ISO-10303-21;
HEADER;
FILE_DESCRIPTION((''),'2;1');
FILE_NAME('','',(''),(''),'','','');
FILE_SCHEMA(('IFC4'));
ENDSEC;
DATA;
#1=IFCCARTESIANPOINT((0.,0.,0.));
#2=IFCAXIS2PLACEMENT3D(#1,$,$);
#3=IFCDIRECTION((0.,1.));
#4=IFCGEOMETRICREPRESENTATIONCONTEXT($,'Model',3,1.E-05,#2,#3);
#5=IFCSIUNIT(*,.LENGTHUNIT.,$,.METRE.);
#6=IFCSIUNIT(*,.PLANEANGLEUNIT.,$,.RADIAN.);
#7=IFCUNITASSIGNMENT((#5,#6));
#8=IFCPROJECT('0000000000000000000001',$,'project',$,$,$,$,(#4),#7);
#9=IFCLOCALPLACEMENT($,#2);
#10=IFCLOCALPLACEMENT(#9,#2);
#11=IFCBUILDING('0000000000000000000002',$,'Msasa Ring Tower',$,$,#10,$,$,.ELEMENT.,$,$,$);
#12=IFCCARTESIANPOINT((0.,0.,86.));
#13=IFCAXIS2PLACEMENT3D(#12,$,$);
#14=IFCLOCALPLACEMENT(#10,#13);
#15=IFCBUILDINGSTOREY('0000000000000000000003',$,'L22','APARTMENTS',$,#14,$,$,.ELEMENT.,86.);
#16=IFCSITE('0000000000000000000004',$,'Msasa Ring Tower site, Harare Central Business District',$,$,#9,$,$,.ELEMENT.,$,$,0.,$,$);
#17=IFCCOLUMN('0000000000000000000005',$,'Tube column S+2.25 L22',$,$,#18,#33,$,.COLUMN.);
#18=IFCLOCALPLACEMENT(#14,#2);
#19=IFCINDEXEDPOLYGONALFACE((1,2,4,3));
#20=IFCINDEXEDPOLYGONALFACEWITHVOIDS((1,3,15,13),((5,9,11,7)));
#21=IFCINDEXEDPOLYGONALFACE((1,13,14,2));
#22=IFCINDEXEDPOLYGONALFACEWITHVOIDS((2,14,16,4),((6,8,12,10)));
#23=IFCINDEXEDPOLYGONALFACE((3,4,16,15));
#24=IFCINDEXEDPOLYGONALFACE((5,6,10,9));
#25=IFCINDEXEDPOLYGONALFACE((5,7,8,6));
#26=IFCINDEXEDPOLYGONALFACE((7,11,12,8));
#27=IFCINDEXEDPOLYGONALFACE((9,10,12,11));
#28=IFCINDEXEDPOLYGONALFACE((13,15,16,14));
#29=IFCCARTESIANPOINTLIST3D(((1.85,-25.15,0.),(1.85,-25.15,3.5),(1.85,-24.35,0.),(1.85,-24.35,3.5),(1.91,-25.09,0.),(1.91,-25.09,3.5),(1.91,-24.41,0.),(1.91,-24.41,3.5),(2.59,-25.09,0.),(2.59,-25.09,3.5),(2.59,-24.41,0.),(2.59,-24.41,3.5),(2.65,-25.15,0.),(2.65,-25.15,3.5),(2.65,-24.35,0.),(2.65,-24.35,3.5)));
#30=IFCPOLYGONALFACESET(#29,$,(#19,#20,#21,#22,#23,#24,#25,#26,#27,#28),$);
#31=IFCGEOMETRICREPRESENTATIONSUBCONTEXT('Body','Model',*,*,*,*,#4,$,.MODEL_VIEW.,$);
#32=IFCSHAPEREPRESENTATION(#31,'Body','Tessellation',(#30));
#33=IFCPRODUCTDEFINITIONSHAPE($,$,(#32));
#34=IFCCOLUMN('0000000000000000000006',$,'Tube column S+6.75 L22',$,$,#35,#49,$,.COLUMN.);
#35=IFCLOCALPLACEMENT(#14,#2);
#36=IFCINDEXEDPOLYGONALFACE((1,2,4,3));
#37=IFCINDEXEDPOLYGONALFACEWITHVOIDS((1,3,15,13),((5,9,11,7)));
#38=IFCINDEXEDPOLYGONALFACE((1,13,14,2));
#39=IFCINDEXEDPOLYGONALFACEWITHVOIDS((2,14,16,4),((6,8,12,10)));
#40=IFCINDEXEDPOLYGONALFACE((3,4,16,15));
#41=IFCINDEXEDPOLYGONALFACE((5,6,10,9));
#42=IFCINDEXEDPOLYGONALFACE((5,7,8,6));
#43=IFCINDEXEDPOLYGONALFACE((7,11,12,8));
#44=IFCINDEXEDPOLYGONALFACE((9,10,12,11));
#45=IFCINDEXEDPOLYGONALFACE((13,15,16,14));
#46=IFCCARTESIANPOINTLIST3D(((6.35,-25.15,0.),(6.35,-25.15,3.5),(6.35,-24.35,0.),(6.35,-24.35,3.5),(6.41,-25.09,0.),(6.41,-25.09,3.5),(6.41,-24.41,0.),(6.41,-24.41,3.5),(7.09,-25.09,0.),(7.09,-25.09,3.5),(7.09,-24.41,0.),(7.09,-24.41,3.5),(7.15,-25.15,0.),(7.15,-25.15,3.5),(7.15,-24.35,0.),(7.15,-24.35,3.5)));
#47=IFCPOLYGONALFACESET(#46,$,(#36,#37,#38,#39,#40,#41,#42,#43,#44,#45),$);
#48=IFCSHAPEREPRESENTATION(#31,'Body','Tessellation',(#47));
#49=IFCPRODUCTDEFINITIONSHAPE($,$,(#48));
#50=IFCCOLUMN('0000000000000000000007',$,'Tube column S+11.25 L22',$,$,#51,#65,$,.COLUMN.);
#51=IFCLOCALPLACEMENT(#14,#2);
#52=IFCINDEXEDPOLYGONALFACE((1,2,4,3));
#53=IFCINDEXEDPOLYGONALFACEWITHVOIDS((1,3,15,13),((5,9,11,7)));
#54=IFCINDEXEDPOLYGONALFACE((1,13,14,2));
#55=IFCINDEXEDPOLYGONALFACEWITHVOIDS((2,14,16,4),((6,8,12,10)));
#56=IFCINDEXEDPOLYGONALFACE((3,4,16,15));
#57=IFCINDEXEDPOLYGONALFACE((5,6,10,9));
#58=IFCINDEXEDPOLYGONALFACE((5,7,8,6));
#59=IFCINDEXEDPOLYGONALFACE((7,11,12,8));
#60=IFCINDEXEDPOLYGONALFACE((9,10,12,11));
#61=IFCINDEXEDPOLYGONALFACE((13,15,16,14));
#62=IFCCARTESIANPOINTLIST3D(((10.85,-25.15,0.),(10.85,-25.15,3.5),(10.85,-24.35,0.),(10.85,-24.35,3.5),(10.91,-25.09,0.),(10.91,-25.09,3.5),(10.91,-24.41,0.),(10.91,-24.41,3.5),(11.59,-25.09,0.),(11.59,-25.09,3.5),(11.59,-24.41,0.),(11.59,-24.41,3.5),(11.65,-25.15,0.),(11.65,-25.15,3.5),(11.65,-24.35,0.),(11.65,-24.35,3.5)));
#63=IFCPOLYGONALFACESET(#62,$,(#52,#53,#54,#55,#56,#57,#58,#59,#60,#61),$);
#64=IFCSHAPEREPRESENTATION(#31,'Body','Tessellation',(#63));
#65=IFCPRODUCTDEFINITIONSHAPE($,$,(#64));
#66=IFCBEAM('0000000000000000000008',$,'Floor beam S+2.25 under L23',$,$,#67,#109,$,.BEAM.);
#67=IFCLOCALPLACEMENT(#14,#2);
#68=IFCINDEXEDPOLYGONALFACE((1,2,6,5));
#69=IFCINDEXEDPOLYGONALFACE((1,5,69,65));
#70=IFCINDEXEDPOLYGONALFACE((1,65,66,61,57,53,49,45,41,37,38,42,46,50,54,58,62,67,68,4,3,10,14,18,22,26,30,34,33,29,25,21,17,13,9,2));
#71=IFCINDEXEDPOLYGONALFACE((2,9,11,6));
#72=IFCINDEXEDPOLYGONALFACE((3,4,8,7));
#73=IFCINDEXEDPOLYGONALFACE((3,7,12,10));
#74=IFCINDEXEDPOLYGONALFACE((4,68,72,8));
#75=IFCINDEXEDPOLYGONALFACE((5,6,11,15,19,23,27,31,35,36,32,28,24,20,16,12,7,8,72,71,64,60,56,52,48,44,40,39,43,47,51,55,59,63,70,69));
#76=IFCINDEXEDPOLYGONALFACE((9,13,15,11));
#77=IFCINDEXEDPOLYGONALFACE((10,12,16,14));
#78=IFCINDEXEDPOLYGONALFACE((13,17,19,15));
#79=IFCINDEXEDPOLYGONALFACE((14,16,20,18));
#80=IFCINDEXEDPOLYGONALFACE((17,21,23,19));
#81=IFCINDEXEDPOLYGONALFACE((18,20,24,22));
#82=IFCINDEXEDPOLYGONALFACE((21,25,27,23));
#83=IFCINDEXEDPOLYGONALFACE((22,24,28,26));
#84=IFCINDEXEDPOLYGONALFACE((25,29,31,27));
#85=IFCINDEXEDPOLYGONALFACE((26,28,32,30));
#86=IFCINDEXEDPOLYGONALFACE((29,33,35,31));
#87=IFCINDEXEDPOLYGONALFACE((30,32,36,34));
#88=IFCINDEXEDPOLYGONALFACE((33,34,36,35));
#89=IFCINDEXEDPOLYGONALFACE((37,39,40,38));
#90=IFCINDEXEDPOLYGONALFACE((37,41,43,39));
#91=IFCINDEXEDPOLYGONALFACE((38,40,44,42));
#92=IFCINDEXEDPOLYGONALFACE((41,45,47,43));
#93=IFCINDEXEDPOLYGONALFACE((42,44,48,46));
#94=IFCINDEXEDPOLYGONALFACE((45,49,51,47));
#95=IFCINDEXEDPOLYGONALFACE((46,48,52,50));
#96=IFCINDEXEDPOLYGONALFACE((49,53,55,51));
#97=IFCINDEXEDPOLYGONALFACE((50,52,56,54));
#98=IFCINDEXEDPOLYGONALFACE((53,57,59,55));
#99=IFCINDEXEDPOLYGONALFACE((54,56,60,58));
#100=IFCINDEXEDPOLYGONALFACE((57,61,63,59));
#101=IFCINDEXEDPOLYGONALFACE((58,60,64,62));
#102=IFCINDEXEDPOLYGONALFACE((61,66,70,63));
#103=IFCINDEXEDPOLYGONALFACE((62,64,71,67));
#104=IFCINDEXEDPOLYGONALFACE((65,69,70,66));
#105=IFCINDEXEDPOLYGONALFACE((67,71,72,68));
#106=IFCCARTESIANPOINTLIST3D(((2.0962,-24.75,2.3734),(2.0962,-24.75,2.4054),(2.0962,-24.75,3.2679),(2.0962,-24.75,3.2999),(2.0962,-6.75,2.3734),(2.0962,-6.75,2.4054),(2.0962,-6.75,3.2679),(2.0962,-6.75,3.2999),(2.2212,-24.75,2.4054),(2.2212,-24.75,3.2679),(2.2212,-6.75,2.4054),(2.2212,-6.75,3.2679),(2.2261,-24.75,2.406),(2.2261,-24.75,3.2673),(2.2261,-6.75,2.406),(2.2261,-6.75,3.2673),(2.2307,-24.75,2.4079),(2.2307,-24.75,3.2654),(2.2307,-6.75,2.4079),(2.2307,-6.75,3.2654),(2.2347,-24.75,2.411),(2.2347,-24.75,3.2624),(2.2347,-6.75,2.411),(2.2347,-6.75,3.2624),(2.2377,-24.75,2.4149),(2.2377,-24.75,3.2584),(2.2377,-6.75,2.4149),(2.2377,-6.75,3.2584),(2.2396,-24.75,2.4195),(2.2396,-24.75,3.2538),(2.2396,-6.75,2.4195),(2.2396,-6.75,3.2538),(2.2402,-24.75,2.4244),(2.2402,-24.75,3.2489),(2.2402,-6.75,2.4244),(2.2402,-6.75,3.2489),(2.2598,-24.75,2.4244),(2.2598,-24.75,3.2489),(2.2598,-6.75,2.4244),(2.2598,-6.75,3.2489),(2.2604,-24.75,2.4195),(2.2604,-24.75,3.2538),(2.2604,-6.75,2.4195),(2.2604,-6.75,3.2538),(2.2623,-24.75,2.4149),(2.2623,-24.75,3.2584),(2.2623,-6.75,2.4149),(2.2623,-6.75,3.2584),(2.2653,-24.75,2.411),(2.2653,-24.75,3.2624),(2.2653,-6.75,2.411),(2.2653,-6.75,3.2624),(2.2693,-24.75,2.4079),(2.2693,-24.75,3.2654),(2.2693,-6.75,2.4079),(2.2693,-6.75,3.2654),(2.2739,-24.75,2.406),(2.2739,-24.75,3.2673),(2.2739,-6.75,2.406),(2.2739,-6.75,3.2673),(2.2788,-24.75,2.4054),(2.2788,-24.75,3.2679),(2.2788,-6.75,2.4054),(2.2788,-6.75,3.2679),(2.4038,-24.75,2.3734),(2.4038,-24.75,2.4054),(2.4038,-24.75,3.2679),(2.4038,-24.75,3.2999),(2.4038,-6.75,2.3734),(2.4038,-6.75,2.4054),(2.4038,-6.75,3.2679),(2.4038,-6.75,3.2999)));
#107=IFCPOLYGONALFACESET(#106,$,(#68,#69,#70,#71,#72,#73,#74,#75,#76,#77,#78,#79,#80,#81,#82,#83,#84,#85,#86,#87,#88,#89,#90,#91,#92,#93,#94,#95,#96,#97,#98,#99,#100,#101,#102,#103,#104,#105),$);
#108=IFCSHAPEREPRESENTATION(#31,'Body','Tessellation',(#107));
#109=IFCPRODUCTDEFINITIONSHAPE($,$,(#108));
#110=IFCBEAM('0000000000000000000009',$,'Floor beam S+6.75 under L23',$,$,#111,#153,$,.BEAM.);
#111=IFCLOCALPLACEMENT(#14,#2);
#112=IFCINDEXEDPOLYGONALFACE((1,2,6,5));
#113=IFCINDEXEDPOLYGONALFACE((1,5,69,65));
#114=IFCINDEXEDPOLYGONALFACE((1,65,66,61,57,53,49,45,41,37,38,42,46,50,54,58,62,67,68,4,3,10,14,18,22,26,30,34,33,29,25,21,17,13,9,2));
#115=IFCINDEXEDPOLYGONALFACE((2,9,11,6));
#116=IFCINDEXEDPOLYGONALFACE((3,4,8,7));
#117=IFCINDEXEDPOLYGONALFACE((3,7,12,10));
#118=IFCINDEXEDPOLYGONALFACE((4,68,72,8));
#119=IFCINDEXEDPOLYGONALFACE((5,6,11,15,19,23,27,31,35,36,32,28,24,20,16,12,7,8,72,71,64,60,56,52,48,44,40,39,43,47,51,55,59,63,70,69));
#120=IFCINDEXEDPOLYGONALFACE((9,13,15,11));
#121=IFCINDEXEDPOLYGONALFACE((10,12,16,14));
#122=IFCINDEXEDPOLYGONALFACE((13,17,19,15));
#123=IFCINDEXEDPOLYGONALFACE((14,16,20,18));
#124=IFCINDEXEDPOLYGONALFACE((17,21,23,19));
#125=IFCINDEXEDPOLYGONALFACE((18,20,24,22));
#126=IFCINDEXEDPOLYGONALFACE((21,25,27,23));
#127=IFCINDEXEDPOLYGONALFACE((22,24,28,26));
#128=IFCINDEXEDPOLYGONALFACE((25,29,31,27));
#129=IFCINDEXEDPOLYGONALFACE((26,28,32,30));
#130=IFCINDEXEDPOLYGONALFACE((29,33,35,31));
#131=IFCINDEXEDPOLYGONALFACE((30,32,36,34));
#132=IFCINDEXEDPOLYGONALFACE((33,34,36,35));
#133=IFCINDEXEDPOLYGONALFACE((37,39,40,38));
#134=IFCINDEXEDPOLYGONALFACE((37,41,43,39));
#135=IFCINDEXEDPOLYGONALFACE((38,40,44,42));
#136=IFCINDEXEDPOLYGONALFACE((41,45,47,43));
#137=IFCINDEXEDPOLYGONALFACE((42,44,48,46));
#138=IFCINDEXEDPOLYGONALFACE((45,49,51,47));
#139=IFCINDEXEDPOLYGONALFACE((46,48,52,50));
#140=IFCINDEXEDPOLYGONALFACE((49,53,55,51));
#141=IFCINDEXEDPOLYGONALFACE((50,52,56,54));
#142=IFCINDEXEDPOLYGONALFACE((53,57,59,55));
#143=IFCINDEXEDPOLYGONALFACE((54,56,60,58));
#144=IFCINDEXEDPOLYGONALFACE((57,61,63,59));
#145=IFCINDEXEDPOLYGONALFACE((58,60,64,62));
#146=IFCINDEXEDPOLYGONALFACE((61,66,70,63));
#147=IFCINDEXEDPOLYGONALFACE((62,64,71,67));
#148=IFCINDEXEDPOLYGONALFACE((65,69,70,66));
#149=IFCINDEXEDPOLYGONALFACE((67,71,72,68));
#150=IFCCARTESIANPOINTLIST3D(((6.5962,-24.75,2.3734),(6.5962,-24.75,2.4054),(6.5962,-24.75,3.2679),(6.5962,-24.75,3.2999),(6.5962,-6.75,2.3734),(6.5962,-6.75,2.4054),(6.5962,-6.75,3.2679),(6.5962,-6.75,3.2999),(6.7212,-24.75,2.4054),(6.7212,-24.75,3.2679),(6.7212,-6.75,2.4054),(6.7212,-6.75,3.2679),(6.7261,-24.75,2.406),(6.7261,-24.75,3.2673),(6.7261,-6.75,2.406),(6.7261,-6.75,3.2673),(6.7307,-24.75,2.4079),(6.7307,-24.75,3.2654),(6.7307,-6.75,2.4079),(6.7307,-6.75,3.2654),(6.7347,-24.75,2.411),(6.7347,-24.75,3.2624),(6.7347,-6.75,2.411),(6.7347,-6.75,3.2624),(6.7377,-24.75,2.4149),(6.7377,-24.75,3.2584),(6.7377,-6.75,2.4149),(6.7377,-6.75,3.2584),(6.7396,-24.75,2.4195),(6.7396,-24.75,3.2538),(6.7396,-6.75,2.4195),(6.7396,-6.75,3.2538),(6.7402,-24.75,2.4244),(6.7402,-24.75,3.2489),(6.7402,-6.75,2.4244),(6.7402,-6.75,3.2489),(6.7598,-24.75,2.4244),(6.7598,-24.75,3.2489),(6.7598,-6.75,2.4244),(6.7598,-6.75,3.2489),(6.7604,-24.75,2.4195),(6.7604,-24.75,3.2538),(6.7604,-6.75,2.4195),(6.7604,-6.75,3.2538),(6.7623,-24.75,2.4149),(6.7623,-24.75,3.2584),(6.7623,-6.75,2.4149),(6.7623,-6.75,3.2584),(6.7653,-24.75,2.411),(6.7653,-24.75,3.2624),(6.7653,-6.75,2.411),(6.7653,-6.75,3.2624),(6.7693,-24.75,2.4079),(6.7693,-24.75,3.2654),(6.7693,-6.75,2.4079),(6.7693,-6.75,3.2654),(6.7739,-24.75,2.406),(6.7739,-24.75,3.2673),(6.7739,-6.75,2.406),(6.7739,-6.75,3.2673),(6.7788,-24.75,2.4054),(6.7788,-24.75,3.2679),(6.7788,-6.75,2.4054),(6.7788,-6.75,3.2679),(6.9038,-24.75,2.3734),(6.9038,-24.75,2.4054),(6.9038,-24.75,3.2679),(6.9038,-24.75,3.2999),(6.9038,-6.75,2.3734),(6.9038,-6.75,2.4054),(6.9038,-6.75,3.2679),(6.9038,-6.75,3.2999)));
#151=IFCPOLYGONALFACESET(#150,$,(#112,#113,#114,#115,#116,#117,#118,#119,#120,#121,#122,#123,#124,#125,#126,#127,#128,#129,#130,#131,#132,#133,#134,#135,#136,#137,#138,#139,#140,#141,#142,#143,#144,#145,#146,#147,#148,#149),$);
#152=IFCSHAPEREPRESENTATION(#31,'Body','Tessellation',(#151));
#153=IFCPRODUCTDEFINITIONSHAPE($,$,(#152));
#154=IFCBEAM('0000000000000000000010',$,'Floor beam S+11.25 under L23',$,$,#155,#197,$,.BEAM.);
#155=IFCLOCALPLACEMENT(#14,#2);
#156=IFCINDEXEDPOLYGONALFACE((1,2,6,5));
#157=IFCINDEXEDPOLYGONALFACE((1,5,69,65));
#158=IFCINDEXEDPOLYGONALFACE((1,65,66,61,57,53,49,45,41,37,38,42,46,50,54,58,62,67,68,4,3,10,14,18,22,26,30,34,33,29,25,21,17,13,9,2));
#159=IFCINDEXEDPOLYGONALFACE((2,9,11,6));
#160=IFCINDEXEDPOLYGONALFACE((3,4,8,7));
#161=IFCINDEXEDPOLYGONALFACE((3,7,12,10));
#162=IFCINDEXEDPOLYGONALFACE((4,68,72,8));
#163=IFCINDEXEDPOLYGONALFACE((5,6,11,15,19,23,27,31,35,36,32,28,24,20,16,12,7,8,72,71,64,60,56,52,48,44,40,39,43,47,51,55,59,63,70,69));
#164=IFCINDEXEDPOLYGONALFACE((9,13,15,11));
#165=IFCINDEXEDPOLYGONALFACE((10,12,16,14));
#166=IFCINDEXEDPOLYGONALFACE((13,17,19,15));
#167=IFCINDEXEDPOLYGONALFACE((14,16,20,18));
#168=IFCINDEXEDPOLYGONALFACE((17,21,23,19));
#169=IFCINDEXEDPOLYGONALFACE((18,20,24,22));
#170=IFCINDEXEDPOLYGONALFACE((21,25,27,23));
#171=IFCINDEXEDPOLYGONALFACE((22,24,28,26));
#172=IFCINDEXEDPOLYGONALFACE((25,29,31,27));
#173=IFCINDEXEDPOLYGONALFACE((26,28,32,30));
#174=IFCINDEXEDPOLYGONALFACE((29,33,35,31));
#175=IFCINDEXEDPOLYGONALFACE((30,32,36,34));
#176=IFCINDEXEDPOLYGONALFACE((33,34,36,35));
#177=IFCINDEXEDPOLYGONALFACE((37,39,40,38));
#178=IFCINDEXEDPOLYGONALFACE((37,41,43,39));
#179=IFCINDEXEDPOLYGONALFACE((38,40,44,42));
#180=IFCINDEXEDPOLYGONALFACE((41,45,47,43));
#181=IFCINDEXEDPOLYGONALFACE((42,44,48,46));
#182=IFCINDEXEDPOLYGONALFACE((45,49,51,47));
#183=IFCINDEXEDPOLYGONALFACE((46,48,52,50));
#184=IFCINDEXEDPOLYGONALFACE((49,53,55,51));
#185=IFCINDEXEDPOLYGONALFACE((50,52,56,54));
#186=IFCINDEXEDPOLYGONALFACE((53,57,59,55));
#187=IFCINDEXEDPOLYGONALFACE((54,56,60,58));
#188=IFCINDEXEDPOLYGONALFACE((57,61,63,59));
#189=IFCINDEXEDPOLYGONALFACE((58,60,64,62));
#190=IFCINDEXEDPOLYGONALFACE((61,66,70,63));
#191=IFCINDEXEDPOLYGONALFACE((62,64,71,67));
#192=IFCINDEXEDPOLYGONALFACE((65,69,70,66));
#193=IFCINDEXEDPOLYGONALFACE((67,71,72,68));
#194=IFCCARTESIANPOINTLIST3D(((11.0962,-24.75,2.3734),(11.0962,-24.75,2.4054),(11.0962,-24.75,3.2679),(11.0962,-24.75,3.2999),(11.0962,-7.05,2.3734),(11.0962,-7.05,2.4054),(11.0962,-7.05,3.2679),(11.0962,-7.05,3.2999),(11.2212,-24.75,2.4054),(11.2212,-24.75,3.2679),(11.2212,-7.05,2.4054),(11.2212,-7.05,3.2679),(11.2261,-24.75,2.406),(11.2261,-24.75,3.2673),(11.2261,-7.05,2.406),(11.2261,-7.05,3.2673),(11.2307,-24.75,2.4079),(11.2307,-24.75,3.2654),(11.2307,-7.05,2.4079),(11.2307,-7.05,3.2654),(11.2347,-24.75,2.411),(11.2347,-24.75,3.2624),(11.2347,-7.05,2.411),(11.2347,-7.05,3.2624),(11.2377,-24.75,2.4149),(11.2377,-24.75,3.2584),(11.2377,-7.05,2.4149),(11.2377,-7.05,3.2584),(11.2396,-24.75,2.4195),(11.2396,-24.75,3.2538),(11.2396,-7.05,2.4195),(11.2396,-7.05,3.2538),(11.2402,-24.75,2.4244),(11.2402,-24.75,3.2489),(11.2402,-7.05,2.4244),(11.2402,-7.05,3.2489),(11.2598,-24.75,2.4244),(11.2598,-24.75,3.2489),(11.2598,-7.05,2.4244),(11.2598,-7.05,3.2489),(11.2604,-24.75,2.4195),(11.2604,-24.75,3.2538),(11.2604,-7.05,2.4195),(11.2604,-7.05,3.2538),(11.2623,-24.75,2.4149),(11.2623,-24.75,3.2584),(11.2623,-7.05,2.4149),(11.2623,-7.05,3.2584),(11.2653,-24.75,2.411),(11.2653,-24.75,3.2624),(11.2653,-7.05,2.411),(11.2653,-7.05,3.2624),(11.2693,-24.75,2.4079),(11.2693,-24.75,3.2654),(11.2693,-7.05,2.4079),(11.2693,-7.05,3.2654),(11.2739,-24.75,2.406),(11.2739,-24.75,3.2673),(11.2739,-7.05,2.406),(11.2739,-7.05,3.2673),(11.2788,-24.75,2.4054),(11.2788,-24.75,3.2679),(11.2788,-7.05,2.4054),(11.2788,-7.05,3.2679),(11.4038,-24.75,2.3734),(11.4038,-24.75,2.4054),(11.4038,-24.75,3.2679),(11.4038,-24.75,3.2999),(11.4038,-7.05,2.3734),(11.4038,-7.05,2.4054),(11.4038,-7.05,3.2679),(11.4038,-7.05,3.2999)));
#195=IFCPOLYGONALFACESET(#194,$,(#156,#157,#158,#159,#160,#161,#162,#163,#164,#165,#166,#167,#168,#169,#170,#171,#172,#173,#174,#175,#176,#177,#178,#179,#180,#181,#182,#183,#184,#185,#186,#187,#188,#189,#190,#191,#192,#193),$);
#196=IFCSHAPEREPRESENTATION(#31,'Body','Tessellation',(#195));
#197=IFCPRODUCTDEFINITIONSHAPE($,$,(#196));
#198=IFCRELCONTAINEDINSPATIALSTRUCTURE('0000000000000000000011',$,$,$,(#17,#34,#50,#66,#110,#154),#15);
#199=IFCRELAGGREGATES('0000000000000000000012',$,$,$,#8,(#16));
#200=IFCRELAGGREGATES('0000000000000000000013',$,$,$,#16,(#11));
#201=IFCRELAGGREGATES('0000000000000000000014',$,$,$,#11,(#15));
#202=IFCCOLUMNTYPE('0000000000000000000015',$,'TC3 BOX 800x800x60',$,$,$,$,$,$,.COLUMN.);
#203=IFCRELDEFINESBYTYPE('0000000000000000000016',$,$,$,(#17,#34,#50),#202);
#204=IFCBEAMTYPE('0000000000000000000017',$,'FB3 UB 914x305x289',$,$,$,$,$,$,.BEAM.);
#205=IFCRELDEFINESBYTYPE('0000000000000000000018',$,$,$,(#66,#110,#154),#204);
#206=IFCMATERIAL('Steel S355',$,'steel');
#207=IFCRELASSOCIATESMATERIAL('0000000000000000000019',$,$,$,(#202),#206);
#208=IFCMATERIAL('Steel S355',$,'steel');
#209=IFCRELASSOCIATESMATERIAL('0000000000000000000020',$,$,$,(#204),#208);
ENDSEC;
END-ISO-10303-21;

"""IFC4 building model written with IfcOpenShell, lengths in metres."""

from ifc_helpers import new_model, si_unit, direction, frame, origin, origin_2d, place, context, subcontext, project, spatial, hollow_rectangle, i_section, extrude, material, material_profile, profile_set, type_object, element, save


model = new_model("IFC4")

# Units and contexts
model_context = context("Model", 3, precision=1e-05, world=origin(), true_north=direction((0.0, 1.0)))
body_context = subcontext(model_context, "Body", "Model", "MODEL_VIEW")
ifc_project = project(units=[si_unit("LENGTHUNIT", "METRE"), si_unit("PLANEANGLEUNIT", "RADIAN")], contexts=[model_context])

# Site, building, storey
site_placement = place(None, origin())
site = spatial("IfcSite", under=ifc_project, at=site_placement, Name="Msasa Ring Tower site, Harare Central Business District", CompositionType="ELEMENT", RefElevation=0.0)
building_placement = place(site_placement, origin())
building = spatial("IfcBuilding", under=site, at=building_placement, Name="Msasa Ring Tower", CompositionType="ELEMENT")
storey_placement = place(building_placement, frame((0.0, 0.0, 86.0)))
storey = spatial("IfcBuildingStorey", under=building, at=storey_placement, Name="L22", Description="APARTMENTS", CompositionType="ELEMENT", Elevation=86.0)

# Columns
ifc_material_1 = material(Name="Steel S355", Category="steel")
ifc_material_profile_1 = material_profile(ifc_material_1, hollow_rectangle(XDim=0.8, YDim=0.8, WallThickness=0.0601, at=origin_2d()), Name="BOX 800x800x60")
ifc_profile_set_1 = profile_set([ifc_material_profile_1], Name="Steel S355")
column_type = type_object("IfcColumnType", Name="TC3 BOX 800x800x60", PredefinedType="COLUMN", material=ifc_profile_set_1)
for number, where, z_axis, x_axis, name in (
    (1, (2.25, -24.75, 0.0), (0.0, 0.0, 1.0), (0.0, 1.0, 0.0), "Tube column S+2.25 L22"),
    (2, (6.75, -24.75, 0.0), (0.0, 0.0, 1.0), (0.0, 1.0, 0.0), "Tube column S+6.75 L22"),
    (3, (11.25, -24.75, 0.0), (0.0, 0.0, 1.0), (0.0, 1.0, 0.0), "Tube column S+11.25 L22"),
):
    element("IfcColumn", number, at=place(storey_placement, frame(where, z_axis=z_axis, x_axis=x_axis)), inside=storey, type_object=column_type, Name=name, PredefinedType="COLUMN", context=body_context, shape_type="SweptSolid", body=[
        extrude(hollow_rectangle(XDim=0.8, YDim=0.8, WallThickness=0.0601, at=origin_2d()), origin(), (0.0, 0.0, 1.0), 3.5),
    ])

# Beams
ifc_material_2 = material(Name="Steel S355", Category="steel")
ifc_material_profile_2 = material_profile(ifc_material_2, i_section(OverallWidth=0.3076, OverallDepth=0.9265, WebThickness=0.0195, FlangeThickness=0.032, FilletRadius=0.019, at=origin_2d()), Name="UB 914x305x289")
ifc_profile_set_2 = profile_set([ifc_material_profile_2], Name="Steel S355")
beam_type_1 = type_object("IfcBeamType", Name="FB3 UB 914x305x289", PredefinedType="BEAM", material=ifc_profile_set_2)
for number, where, z_axis, x_axis, name in (
    (4, (2.25, -24.75, 2.8367), (0.0, 1.0, 0.0), (-1.0, 0.0, 0.0), "Floor beam S+2.25 under L23"),
    (5, (6.75, -24.75, 2.8367), (0.0, 1.0, 0.0), (-1.0, 0.0, 0.0), "Floor beam S+6.75 under L23"),
):
    element("IfcBeam", number, at=place(storey_placement, frame(where, z_axis=z_axis, x_axis=x_axis)), inside=storey, type_object=beam_type_1, Name=name, PredefinedType="BEAM", context=body_context, shape_type="SweptSolid", body=[
        extrude(i_section(OverallWidth=0.3076, OverallDepth=0.9265, WebThickness=0.0195, FlangeThickness=0.032, FilletRadius=0.019, at=origin_2d()), origin(), (0.0, 0.0, 1.0), 18.0),
    ])
beam_placement = place(storey_placement, frame((11.25, -24.75, 2.8367), z_axis=(0.0, 1.0, 0.0), x_axis=(-1.0, 0.0, 0.0)))
element("IfcBeam", 6, at=beam_placement, inside=storey, type_object=beam_type_1, Name="Floor beam S+11.25 under L23", PredefinedType="BEAM", context=body_context, shape_type="SweptSolid", body=[
    extrude(i_section(OverallWidth=0.3076, OverallDepth=0.9265, WebThickness=0.0195, FlangeThickness=0.032, FilletRadius=0.019, at=origin_2d()), origin(), (0.0, 0.0, 1.0), 17.7),
])

save(model, "model.ifc")
